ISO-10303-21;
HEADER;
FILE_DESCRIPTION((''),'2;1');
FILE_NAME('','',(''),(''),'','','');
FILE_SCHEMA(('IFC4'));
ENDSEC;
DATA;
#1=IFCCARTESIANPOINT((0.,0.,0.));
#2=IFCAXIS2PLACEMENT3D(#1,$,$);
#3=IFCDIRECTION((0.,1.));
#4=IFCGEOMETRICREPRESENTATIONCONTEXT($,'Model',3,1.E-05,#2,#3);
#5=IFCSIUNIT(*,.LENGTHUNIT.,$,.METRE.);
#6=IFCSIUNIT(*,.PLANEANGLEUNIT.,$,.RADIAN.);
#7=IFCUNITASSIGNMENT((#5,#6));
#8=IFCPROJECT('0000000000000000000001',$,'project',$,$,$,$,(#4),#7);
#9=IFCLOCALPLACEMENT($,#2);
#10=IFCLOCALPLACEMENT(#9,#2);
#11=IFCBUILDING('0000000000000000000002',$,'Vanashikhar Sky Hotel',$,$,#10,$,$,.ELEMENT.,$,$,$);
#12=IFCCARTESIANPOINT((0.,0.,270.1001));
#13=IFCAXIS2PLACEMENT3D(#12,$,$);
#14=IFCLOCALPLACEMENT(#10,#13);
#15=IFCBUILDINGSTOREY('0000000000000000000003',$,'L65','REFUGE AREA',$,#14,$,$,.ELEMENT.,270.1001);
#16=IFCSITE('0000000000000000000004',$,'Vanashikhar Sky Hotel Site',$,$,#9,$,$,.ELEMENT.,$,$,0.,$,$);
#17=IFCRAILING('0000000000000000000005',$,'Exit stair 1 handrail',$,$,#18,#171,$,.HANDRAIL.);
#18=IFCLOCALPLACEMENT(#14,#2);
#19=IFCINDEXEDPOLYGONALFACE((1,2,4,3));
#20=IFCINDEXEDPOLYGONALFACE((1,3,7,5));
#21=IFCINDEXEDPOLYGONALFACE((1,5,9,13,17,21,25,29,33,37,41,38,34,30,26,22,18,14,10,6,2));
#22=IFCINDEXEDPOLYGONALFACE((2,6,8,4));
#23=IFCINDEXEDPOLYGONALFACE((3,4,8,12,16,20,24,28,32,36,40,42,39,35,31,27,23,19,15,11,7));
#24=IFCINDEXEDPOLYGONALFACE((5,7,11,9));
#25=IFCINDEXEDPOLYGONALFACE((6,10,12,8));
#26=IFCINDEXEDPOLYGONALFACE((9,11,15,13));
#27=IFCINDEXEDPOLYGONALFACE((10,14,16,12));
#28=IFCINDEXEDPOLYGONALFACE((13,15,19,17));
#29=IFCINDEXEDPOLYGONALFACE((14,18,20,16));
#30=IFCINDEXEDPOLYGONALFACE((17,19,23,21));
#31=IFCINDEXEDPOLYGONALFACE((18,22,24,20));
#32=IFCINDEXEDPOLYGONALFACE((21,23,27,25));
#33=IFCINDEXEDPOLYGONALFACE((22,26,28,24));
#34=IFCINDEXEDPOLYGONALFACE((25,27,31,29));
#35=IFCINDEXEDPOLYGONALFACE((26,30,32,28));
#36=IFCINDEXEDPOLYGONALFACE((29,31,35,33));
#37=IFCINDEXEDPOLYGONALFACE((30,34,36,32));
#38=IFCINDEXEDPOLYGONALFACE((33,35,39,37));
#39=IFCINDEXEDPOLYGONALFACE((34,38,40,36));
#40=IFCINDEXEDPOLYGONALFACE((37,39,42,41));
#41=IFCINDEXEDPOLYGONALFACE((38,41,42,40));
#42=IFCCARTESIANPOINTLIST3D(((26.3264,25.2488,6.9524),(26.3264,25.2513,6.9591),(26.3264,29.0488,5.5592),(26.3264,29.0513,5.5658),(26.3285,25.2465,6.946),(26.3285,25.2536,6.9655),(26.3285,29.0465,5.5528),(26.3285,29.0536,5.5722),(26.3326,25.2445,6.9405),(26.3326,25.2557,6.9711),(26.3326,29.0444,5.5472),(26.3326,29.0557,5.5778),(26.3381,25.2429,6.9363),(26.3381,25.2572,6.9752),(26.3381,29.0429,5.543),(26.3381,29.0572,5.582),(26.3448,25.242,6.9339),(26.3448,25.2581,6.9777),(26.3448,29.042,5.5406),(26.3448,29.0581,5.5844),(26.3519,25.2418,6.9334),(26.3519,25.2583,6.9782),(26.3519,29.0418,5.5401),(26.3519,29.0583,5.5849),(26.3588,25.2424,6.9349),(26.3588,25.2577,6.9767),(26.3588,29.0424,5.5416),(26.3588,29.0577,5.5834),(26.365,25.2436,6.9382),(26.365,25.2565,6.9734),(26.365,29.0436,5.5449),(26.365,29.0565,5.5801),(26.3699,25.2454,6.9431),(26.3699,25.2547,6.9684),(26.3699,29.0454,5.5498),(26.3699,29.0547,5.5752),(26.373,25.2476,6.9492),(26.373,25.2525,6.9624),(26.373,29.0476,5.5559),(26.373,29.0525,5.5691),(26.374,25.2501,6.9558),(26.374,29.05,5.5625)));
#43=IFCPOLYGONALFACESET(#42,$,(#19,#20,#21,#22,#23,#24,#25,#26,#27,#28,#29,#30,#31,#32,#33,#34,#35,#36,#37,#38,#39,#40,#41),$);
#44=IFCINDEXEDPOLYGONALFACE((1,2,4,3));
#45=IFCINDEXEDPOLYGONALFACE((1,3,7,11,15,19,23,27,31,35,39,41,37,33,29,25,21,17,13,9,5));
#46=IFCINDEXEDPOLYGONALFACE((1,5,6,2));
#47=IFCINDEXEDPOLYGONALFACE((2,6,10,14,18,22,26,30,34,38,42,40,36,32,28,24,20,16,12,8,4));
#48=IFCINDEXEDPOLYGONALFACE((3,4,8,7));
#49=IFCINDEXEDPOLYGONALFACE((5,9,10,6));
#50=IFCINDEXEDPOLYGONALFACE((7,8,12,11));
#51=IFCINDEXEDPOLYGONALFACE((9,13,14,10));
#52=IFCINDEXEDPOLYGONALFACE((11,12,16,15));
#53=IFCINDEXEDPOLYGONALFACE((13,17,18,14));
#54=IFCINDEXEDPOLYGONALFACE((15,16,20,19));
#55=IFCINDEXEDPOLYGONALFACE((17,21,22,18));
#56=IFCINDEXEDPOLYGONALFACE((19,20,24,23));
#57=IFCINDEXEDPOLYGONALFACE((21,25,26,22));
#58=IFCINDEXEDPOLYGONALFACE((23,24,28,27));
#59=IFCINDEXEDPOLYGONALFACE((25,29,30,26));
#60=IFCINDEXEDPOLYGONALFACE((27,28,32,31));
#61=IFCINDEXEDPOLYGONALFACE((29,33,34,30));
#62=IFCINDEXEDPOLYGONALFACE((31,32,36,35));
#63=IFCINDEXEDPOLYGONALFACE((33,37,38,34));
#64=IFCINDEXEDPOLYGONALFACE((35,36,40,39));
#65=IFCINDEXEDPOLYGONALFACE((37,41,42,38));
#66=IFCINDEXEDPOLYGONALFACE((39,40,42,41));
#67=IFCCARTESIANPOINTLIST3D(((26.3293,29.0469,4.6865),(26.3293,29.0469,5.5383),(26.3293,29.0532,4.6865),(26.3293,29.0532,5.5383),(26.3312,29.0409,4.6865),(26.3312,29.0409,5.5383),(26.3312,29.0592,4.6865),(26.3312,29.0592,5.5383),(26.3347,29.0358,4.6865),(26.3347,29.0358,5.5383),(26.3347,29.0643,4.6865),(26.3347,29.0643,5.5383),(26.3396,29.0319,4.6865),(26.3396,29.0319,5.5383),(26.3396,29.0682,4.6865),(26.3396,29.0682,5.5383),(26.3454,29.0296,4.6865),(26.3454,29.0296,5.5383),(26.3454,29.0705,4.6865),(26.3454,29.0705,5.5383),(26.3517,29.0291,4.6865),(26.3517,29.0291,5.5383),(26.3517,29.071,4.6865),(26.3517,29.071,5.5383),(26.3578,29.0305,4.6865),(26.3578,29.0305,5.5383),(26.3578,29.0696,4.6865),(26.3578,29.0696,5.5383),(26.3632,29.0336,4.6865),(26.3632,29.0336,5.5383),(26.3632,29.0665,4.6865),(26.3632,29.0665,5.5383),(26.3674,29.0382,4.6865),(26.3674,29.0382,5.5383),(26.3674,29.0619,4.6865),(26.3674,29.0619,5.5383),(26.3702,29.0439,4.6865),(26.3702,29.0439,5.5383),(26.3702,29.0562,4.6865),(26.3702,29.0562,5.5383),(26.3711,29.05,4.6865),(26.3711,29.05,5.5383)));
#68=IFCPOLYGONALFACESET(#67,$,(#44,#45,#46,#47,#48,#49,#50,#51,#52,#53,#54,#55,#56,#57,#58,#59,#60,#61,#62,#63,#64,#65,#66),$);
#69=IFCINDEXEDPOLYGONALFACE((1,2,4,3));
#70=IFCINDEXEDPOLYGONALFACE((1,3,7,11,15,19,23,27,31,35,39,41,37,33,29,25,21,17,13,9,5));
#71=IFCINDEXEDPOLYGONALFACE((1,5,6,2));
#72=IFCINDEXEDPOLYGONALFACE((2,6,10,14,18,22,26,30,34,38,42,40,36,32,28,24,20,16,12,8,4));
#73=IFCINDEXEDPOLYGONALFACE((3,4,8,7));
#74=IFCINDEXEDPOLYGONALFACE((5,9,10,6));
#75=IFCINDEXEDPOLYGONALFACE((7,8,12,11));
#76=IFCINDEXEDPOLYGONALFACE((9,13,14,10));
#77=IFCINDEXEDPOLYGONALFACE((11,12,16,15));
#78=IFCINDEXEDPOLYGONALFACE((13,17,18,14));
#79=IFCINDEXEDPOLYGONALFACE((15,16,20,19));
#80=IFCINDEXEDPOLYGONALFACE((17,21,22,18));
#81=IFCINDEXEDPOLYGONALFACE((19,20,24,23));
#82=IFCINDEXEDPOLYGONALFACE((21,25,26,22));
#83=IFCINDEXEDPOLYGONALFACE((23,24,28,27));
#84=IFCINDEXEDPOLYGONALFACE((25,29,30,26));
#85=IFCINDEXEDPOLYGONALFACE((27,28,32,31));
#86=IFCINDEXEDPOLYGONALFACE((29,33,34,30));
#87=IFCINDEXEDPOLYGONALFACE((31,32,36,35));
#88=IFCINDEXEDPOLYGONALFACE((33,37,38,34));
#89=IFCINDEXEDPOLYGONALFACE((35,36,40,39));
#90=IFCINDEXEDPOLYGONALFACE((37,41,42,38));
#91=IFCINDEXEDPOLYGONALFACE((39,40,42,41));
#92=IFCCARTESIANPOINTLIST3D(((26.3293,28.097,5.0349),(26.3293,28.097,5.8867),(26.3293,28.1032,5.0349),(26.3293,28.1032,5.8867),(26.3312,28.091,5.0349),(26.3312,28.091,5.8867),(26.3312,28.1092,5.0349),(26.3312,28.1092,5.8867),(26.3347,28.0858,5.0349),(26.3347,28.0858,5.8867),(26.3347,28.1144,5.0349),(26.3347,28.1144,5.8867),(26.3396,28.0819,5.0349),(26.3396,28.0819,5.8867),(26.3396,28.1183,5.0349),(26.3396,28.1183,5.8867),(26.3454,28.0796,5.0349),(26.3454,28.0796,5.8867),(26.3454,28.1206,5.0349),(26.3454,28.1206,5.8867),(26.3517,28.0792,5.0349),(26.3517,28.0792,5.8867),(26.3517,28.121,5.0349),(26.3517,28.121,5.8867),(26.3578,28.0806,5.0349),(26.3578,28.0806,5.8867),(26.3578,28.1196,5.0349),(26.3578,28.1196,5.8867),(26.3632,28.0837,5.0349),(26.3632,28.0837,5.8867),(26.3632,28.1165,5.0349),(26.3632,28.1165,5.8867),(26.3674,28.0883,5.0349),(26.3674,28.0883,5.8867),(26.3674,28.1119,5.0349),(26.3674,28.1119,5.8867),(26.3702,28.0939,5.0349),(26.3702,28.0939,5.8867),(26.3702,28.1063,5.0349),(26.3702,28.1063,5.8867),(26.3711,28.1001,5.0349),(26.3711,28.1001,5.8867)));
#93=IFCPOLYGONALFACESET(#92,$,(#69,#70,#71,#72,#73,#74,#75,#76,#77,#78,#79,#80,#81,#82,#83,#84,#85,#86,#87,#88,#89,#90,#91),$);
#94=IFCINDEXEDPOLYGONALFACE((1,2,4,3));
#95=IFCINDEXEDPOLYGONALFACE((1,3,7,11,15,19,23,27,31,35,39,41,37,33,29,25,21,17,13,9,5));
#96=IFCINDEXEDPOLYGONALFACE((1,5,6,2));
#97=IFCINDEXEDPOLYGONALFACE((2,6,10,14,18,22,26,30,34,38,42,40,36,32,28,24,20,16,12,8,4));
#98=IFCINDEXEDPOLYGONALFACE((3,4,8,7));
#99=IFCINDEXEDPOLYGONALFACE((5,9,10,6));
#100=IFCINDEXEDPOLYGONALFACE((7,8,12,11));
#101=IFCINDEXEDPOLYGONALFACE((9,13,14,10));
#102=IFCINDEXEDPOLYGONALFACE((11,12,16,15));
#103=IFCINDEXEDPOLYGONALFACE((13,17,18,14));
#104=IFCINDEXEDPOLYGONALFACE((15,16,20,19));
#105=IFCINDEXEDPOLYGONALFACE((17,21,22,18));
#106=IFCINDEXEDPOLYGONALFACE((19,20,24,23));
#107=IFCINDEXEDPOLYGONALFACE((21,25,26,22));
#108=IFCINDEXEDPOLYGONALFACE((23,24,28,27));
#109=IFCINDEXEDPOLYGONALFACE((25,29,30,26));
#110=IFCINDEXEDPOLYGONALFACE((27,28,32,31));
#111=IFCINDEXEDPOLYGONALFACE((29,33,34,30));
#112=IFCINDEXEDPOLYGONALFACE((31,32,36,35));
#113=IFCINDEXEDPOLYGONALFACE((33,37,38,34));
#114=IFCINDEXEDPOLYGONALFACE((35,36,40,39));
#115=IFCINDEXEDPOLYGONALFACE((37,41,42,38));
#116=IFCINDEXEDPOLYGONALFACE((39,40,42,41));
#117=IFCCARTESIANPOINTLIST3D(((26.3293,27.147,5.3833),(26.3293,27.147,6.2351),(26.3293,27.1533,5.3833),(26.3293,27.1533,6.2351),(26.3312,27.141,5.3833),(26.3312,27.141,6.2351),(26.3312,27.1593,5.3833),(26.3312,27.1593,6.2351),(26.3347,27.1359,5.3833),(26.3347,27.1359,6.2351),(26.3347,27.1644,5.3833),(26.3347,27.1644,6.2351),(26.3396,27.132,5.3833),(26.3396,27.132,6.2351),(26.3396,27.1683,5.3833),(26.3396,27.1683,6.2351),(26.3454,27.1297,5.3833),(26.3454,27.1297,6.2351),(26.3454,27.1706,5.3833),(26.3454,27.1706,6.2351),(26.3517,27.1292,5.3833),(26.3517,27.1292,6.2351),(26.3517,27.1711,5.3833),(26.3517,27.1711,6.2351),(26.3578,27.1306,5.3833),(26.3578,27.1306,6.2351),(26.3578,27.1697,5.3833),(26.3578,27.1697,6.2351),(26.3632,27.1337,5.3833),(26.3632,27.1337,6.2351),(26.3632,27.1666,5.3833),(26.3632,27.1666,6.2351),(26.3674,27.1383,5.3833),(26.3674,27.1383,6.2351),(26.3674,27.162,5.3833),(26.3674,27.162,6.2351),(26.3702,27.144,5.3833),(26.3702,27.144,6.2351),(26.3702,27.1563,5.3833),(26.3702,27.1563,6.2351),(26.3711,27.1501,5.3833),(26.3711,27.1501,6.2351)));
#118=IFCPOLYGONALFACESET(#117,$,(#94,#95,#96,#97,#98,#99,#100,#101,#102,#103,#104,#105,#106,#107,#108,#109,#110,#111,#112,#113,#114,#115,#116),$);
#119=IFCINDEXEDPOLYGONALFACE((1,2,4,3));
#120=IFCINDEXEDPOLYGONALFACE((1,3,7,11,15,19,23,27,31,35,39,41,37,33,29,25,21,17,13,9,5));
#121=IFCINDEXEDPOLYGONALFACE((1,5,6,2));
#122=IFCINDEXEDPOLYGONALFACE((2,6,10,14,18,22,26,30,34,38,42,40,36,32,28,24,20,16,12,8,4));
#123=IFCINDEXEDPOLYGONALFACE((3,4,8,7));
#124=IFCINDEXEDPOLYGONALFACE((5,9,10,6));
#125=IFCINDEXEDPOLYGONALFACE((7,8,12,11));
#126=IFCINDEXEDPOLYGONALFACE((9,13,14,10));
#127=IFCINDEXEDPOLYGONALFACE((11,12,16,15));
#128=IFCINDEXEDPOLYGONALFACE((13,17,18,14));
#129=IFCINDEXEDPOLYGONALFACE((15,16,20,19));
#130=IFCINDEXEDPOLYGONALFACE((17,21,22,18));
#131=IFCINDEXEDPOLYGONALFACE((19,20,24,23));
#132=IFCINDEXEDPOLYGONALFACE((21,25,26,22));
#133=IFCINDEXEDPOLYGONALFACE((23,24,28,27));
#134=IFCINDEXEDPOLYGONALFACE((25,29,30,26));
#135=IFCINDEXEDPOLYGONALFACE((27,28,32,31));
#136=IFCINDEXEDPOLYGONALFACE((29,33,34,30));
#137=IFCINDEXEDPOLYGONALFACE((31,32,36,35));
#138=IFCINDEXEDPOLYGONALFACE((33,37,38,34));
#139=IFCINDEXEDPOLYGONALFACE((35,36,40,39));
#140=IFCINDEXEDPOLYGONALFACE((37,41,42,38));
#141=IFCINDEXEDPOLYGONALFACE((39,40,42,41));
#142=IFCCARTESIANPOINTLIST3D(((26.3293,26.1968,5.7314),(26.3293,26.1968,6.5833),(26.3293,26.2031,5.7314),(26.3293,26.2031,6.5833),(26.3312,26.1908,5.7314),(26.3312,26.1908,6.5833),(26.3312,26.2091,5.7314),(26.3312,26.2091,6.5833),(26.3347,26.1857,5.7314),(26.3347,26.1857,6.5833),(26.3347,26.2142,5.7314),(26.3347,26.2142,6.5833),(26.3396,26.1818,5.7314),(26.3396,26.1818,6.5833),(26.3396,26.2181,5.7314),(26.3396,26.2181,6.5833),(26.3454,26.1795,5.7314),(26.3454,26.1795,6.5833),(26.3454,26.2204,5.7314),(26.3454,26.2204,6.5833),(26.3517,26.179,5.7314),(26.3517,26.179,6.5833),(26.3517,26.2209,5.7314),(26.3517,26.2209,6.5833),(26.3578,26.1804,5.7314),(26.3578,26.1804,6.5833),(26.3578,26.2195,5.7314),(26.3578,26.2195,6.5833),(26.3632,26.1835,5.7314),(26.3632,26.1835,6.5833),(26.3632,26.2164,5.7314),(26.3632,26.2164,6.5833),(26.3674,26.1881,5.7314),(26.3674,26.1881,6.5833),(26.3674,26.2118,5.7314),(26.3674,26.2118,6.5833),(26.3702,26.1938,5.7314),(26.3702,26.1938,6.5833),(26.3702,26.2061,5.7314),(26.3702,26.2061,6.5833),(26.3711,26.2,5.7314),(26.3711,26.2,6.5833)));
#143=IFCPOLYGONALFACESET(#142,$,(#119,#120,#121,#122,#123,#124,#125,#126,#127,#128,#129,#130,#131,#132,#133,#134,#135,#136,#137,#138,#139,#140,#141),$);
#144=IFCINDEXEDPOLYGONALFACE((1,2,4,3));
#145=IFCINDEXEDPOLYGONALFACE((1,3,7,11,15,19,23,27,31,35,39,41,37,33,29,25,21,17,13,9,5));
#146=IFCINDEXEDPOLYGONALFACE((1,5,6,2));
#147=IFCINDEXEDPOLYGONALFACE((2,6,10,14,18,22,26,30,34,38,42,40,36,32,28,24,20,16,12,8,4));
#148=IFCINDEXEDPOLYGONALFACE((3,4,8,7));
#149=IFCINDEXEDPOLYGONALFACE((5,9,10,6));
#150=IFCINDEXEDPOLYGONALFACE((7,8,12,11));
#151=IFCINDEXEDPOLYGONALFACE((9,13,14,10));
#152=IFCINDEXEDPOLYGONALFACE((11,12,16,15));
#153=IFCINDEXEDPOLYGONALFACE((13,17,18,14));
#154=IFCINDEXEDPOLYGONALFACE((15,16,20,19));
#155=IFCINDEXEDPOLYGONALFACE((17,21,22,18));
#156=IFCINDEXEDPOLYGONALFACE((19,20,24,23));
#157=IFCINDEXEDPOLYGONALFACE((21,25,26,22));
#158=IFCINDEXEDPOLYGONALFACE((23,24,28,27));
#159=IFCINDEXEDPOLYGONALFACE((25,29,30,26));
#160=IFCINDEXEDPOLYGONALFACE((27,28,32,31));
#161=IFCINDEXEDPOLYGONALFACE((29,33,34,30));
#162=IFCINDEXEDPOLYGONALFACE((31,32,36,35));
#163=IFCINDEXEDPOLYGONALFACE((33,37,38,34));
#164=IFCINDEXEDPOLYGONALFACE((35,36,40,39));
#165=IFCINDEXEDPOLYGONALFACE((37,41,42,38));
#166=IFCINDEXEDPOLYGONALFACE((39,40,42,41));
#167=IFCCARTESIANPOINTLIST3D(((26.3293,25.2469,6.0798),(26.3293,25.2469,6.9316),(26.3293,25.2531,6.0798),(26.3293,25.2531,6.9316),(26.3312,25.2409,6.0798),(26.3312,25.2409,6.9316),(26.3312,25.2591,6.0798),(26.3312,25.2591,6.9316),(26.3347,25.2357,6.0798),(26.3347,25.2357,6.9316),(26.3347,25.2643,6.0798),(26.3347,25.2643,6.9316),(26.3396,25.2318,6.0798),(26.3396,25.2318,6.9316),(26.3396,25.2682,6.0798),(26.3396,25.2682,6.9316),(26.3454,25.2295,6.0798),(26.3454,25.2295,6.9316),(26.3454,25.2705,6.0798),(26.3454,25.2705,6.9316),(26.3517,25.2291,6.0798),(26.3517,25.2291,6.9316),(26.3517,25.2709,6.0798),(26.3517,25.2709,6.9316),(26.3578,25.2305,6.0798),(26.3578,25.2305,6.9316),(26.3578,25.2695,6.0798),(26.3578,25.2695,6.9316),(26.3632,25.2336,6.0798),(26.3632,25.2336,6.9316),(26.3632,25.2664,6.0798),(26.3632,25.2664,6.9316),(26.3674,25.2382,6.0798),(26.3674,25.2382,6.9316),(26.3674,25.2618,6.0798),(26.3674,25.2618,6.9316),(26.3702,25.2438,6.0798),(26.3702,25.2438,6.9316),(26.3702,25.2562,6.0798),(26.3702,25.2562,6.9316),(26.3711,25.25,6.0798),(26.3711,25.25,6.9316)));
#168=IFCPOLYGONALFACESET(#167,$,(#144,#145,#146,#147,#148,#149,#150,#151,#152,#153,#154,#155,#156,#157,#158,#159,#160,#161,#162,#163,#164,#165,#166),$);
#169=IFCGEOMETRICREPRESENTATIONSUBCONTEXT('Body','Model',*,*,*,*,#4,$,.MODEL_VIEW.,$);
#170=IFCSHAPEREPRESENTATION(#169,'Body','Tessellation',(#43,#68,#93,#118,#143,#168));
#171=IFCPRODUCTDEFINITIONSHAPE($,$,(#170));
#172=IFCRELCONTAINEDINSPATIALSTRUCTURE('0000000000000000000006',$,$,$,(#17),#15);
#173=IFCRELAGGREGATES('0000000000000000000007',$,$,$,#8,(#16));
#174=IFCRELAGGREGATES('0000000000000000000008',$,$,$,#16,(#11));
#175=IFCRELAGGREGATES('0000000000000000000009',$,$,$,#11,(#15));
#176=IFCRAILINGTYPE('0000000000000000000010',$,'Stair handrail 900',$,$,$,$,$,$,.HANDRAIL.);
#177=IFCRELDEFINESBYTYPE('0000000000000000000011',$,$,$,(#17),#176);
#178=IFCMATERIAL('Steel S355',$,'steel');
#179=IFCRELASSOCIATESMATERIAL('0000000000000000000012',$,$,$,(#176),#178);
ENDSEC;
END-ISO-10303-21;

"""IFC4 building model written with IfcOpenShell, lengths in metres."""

from ifc_helpers import new_model, si_unit, direction, frame, origin, origin_2d, place, context, subcontext, project, spatial, circle, extrude, source, transform, mapped, material, type_object, element, save


model = new_model("IFC4")

# Units and contexts
model_context = context("Model", 3, precision=1e-05, world=origin(), true_north=direction((0.0, 1.0)))
body_context = subcontext(model_context, "Body", "Model", "MODEL_VIEW")
ifc_project = project(units=[si_unit("LENGTHUNIT", "METRE"), si_unit("PLANEANGLEUNIT", "RADIAN")], contexts=[model_context])

# Site, building, storey
site_placement = place(None, origin())
site = spatial("IfcSite", under=ifc_project, at=site_placement, Name="Vanashikhar Sky Hotel Site", CompositionType="ELEMENT", RefElevation=0.0)
building_placement = place(site_placement, origin())
building = spatial("IfcBuilding", under=site, at=building_placement, Name="Vanashikhar Sky Hotel", CompositionType="ELEMENT")
storey_placement = place(building_placement, frame((0.0, 0.0, 270.1001)))
storey = spatial("IfcBuildingStorey", under=building, at=storey_placement, Name="L65", Description="REFUGE AREA", CompositionType="ELEMENT", Elevation=270.1001)

# Railing
ifc_material_1 = material(Name="Steel S355", Category="steel")
railing_type_1 = type_object("IfcRailingType", Name="Stair handrail 900", PredefinedType="HANDRAIL", material=ifc_material_1)
shared_shape_1 = source(origin(), body_context, "Body", "SweptSolid", [
    extrude(circle(Radius=0.0239, at=origin_2d()), frame((0.0, 0.0, 0.876), z_axis=(0.0, -0.93888, 0.344246), x_axis=(1.0, 0.0, 0.0)), (0.0, 0.0, 1.0), 4.0474),
    extrude(circle(Radius=0.021, at=origin_2d()), origin(), (0.0, 0.0, 1.0), 0.8518),
    extrude(circle(Radius=0.021, at=origin_2d()), frame((0.0, -0.95, 0.3484)), (0.0, 0.0, 1.0), 0.8518),
    extrude(circle(Radius=0.021, at=origin_2d()), frame((0.0, -1.8999, 0.6968)), (0.0, 0.0, 1.0), 0.8518),
    extrude(circle(Radius=0.021, at=origin_2d()), frame((0.0, -2.8501, 1.0449)), (0.0, 0.0, 1.0), 0.8518),
    extrude(circle(Radius=0.021, at=origin_2d()), frame((0.0, -3.8, 1.3933)), (0.0, 0.0, 1.0), 0.8518),
])
for number, where, name in (
    (1, (26.3501, 29.05, 4.6865), "Exit stair 1 handrail"),
):
    element("IfcRailing", number, at=place(storey_placement, frame(where)), inside=storey, type_object=railing_type_1, Name=name, PredefinedType="HANDRAIL", context=body_context, shape_type="MappedRepresentation", body=[
        mapped(shared_shape_1, transform((0.0, 0.0, 0.0), scale=1.0)),
    ])

save(model, "model.ifc")
